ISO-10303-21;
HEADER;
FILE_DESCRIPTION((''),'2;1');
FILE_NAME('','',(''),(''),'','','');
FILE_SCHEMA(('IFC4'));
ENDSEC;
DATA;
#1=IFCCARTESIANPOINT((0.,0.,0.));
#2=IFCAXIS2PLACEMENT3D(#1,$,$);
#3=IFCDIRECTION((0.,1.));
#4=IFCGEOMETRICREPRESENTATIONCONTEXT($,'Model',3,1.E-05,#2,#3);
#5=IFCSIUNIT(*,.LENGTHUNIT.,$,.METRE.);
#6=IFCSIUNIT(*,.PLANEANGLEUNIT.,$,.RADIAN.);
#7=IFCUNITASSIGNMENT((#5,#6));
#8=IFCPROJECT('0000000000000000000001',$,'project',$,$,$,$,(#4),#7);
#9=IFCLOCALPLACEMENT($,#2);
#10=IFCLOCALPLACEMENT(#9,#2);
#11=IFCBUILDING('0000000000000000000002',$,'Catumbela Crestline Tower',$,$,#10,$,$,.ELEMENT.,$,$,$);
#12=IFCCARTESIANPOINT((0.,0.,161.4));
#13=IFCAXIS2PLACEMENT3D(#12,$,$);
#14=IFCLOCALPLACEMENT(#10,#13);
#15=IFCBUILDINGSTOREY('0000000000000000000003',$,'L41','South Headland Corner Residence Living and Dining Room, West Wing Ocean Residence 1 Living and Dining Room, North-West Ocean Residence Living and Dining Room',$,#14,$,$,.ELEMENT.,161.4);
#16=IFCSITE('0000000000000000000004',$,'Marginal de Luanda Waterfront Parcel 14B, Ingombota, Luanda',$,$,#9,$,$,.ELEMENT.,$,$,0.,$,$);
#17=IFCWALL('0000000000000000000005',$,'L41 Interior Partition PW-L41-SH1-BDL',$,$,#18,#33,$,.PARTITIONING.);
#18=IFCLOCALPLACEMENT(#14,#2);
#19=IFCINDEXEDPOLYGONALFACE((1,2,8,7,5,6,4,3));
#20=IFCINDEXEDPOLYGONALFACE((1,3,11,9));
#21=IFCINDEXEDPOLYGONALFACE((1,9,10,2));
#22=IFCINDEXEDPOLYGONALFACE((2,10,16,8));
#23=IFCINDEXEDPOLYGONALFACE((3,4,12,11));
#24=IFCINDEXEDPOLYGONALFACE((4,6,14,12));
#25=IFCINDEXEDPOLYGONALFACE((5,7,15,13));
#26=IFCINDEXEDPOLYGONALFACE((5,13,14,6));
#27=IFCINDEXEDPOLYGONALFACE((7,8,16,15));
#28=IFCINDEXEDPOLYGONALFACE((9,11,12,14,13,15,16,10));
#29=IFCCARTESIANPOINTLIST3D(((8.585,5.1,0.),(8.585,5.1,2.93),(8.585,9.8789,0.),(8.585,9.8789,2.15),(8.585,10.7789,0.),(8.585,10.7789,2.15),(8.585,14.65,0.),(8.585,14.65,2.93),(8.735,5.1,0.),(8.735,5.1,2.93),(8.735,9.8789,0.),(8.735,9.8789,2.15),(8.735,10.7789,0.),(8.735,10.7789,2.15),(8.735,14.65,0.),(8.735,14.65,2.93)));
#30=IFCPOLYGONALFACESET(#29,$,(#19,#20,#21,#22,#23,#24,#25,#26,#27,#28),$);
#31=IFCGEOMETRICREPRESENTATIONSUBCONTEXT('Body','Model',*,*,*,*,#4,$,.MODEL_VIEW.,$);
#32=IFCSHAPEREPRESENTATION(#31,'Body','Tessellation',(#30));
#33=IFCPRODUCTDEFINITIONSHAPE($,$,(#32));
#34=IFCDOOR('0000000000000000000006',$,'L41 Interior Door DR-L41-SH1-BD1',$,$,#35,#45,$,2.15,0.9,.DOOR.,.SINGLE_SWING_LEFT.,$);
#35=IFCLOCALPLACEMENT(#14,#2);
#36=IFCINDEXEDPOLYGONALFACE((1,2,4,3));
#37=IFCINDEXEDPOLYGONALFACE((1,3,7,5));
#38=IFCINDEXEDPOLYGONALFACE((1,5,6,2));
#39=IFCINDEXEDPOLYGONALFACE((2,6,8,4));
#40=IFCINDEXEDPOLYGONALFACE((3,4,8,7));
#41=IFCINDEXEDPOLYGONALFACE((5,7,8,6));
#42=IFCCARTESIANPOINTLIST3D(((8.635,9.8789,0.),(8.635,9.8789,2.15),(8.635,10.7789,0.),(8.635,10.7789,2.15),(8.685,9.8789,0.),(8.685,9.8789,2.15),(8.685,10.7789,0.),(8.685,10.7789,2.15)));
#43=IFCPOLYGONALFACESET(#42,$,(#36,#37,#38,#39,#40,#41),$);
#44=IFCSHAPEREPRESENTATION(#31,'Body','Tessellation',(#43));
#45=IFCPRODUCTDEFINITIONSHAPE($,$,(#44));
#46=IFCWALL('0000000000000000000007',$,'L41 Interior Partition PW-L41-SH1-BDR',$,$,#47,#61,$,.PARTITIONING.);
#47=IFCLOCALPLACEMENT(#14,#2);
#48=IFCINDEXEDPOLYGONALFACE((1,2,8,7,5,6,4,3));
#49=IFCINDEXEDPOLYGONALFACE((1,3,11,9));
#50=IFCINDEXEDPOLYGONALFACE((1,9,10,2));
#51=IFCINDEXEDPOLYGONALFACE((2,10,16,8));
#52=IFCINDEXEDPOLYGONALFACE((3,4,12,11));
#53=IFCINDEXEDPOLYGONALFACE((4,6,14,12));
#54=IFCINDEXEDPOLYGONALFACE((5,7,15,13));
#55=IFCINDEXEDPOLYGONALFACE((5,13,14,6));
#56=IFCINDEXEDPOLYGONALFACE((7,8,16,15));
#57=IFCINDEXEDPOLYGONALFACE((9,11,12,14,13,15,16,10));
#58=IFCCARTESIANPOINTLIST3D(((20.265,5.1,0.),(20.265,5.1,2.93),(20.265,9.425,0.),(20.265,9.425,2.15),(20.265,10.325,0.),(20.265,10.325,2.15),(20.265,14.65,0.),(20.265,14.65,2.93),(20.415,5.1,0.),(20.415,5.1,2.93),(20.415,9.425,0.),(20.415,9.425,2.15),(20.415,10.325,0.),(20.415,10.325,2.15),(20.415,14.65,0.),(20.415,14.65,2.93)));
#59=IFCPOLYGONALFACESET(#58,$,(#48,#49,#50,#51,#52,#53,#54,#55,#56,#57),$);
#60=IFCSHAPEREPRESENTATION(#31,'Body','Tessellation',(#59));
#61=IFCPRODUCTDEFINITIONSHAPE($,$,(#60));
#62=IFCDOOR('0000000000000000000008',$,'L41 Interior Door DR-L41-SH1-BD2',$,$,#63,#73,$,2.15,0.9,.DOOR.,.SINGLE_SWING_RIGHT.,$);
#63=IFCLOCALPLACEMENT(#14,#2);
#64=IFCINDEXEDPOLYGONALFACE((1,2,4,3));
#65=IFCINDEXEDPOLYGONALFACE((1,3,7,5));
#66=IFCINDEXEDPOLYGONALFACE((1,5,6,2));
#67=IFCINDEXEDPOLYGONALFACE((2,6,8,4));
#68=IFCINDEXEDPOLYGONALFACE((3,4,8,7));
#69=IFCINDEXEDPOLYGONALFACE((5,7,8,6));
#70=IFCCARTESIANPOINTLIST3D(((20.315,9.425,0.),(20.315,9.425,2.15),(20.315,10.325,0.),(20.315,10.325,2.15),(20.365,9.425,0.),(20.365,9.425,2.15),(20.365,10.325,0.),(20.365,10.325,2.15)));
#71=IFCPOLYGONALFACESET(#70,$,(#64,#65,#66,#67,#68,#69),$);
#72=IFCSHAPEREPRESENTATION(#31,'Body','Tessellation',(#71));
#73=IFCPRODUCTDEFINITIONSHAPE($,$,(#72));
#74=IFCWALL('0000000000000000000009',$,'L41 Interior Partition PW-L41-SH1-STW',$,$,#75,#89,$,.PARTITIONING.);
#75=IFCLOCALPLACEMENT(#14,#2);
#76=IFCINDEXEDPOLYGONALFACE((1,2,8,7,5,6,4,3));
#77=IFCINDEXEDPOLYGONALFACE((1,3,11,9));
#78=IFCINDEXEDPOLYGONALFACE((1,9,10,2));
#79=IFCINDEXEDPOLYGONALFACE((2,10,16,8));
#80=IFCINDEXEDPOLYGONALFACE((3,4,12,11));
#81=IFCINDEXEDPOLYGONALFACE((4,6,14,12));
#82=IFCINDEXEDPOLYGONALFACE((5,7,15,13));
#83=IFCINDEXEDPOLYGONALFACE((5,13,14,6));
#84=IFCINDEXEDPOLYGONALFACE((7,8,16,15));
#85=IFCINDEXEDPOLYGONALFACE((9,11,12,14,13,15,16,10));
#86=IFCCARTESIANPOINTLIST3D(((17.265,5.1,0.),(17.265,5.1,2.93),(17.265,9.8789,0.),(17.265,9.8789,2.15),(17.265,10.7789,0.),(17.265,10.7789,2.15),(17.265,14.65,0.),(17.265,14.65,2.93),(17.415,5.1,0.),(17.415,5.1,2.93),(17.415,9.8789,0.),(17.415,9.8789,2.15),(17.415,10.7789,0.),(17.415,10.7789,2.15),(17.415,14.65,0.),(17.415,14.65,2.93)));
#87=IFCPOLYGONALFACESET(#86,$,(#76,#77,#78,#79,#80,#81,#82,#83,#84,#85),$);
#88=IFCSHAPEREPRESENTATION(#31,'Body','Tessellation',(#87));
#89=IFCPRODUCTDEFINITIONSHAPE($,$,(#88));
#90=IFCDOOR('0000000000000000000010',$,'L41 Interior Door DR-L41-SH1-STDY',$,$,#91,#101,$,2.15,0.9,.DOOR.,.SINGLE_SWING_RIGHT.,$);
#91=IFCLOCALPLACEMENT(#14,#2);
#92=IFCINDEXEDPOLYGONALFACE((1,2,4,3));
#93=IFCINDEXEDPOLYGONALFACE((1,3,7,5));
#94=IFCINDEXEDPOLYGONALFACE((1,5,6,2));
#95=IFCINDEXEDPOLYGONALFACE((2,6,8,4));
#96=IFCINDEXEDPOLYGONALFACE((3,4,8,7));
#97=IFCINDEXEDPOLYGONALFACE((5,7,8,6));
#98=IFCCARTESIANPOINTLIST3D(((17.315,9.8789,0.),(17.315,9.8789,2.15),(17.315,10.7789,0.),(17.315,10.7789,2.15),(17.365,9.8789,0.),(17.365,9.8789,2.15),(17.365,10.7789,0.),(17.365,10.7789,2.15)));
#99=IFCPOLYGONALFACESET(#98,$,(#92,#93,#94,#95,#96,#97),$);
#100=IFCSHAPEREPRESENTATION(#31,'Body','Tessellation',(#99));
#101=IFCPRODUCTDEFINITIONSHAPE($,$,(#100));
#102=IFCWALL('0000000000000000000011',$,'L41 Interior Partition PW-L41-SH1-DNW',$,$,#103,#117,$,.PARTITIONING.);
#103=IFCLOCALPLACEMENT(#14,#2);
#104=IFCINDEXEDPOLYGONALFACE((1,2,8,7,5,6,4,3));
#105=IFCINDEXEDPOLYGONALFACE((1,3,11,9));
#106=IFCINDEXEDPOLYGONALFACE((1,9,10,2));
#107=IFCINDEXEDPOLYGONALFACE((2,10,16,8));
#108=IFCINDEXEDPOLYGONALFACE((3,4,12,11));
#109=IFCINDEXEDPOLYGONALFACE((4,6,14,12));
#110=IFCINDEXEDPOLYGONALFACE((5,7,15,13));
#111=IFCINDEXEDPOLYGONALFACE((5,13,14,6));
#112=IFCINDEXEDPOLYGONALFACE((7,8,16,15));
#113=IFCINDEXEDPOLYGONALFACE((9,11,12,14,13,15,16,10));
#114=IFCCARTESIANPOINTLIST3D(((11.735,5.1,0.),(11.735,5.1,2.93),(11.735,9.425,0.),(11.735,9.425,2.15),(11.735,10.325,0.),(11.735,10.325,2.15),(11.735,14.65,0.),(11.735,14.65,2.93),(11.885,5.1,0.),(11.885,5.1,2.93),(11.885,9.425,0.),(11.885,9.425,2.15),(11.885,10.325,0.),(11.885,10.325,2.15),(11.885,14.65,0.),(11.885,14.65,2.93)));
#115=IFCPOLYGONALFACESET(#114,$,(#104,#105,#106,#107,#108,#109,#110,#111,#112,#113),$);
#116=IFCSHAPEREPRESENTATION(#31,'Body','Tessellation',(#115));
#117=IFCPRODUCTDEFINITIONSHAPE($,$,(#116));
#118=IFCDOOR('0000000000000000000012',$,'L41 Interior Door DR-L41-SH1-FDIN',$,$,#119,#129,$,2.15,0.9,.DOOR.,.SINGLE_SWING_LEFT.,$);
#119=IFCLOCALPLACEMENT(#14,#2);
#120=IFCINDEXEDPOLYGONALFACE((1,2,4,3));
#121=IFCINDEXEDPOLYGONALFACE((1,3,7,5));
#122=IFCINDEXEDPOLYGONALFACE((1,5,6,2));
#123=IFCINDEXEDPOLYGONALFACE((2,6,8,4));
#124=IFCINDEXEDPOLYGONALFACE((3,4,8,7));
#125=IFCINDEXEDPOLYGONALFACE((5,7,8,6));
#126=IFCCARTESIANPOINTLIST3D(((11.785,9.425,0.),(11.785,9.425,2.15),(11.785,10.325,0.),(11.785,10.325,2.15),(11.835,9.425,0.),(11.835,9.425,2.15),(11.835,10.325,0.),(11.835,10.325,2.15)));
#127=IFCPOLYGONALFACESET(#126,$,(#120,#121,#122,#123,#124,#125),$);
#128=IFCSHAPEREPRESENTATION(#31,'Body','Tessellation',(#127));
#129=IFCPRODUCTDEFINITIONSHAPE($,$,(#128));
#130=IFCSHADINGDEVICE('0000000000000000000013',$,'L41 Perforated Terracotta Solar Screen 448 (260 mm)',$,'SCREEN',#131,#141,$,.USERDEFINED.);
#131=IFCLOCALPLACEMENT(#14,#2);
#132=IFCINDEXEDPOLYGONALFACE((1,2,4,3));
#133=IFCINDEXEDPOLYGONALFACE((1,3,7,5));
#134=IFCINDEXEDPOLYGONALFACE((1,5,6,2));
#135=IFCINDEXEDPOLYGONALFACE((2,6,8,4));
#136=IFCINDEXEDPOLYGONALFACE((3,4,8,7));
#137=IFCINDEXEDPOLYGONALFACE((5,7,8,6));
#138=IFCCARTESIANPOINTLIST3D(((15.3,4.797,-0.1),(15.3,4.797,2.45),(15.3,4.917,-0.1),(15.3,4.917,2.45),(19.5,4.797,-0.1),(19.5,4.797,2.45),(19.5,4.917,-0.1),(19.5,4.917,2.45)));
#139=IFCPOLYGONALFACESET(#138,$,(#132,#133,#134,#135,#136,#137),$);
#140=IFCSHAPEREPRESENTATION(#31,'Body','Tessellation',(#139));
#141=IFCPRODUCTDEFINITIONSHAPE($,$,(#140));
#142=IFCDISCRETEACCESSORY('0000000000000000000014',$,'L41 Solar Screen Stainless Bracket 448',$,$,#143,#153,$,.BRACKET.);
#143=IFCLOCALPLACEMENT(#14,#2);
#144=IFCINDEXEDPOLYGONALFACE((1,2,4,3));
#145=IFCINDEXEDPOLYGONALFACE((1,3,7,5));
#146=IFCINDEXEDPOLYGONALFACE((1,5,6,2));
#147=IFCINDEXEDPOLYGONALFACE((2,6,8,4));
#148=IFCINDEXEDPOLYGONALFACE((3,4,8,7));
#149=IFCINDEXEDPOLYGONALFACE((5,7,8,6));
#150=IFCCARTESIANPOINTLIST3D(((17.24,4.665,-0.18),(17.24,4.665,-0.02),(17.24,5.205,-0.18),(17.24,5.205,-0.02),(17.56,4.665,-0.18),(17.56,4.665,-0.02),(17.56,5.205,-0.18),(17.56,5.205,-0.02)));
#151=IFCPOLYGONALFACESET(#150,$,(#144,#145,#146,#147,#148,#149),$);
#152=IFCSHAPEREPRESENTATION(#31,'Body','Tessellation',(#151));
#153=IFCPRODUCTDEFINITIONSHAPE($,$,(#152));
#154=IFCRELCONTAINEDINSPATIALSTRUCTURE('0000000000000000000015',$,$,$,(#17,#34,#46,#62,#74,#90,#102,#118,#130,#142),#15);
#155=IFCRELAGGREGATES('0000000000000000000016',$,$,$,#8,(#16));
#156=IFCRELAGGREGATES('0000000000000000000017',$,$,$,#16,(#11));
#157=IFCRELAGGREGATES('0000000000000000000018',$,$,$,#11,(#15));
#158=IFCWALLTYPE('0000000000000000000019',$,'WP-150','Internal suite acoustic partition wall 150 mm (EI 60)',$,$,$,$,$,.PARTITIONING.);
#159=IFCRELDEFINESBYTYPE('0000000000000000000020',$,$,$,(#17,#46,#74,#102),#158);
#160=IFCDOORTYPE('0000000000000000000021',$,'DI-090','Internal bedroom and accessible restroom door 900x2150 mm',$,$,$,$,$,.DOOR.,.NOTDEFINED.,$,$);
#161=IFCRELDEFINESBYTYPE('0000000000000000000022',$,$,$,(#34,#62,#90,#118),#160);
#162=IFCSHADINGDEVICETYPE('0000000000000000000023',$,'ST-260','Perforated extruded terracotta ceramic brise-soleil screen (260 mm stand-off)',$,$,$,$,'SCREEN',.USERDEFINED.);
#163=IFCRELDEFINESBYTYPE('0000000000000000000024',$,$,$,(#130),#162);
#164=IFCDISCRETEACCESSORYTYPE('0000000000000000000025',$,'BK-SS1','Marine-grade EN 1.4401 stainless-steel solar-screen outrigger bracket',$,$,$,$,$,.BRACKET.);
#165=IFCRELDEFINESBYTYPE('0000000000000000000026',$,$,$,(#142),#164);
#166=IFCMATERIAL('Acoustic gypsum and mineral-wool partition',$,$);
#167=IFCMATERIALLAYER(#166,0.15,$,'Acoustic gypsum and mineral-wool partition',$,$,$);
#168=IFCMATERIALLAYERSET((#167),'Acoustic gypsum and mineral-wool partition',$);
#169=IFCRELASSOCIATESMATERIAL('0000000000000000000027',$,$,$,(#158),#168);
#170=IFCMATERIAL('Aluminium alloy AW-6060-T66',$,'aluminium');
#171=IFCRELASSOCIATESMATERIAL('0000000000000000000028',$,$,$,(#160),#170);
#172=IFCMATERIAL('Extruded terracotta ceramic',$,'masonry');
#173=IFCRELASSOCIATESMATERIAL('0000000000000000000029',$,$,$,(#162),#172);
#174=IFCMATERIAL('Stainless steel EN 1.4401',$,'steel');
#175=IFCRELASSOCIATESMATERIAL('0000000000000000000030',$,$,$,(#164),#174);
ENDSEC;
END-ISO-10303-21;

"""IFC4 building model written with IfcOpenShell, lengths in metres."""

from ifc_helpers import new_model, si_unit, direction, frame, frame_2d, origin, origin_2d, place, context, subcontext, project, spatial, rectangle, extrude, material, layer, layer_set, type_object, element, fill, save


model = new_model("IFC4")

# Units and contexts
model_context = context("Model", 3, precision=1e-05, world=origin(), true_north=direction((0.0, 1.0)))
body_context = subcontext(model_context, "Body", "Model", "MODEL_VIEW")
ifc_project = project(units=[si_unit("LENGTHUNIT", "METRE"), si_unit("PLANEANGLEUNIT", "RADIAN")], contexts=[model_context])

# Site, building, storey
site_placement = place(None, origin())
site = spatial("IfcSite", under=ifc_project, at=site_placement, Name="Marginal de Luanda Waterfront Parcel 14B, Ingombota, Luanda", CompositionType="ELEMENT", RefElevation=0.0)
building_placement = place(site_placement, origin())
building = spatial("IfcBuilding", under=site, at=building_placement, Name="Catumbela Crestline Tower", CompositionType="ELEMENT")
storey_placement = place(building_placement, frame((0.0, 0.0, 161.4)))
storey = spatial("IfcBuildingStorey", under=building, at=storey_placement, Name="L41", Description="South Headland Corner Residence Living and Dining Room, West Wing Ocean Residence 1 Living and Dining Room, North-West Ocean Residence Living and Dining Room", CompositionType="ELEMENT", Elevation=161.4)

# Shared definitions
ifc_material_1 = material(Name="Aluminium alloy AW-6060-T66", Category="aluminium")

# Walls, openings, doors
ifc_material_2 = material(Name="Acoustic gypsum and mineral-wool partition")
ifc_layer_1 = layer(ifc_material_2, 0.15, Name="Acoustic gypsum and mineral-wool partition")
ifc_layer_set_1 = layer_set([ifc_layer_1], Name="Acoustic gypsum and mineral-wool partition")
wall_type_1 = type_object("IfcWallType", Name="WP-150", Description="Internal suite acoustic partition wall 150 mm (EI 60)", PredefinedType="PARTITIONING", material=ifc_layer_set_1)
wall_1_placement = place(storey_placement, frame((8.66, 5.1, 0.0), z_axis=(0.0, 0.0, 1.0), x_axis=(0.0, 1.0, 0.0)))
wall_1 = element("IfcWall", 1, at=wall_1_placement, inside=storey, type_object=wall_type_1, Name="L41 Interior Partition PW-L41-SH1-BDL", PredefinedType="PARTITIONING", context=body_context, shape_type="SweptSolid", body=[
    extrude(rectangle(XDim=9.55, YDim=0.15, at=frame_2d((4.775, 0.0))), origin(), (0.0, 0.0, 1.0), 2.93),
])
opening_1_placement = place(wall_1_placement, frame((4.7789, 0.0, 0.0)))
opening_1 = element("IfcOpeningElement", 2, at=opening_1_placement, cuts=wall_1, PredefinedType="OPENING", context=body_context, shape_type="SweptSolid", body=[
    extrude(rectangle(XDim=0.9, YDim=2.15, at=frame_2d((0.45, 1.075))), frame((0.0, 0.085, 0.0), z_axis=(0.0, -1.0, 0.0), x_axis=(1.0, 0.0, 0.0)), (0.0, 0.0, 1.0), 0.17),
])
door_type_1 = type_object("IfcDoorType", Name="DI-090", Description="Internal bedroom and accessible restroom door 900x2150 mm", OperationType="NOTDEFINED", PredefinedType="DOOR", material=ifc_material_1)
door_1_placement = place(opening_1_placement, origin())
door_1 = element("IfcDoor", 3, at=door_1_placement, inside=storey, type_object=door_type_1, Name="L41 Interior Door DR-L41-SH1-BD1", OperationType="SINGLE_SWING_LEFT", OverallHeight=2.15, OverallWidth=0.9, PredefinedType="DOOR", context=body_context, shape_type="SweptSolid", body=[
    extrude(rectangle(XDim=0.9, YDim=2.15, at=frame_2d((0.45, 1.075))), frame((0.0, 0.025, 0.0), z_axis=(0.0, -1.0, 0.0), x_axis=(1.0, 0.0, 0.0)), (0.0, 0.0, 1.0), 0.05),
])
fill(opening_1, door_1)
wall_2_placement = place(storey_placement, frame((20.34, 5.1, 0.0), z_axis=(0.0, 0.0, 1.0), x_axis=(0.0, 1.0, 0.0)))
wall_2 = element("IfcWall", 4, at=wall_2_placement, inside=storey, type_object=wall_type_1, Name="L41 Interior Partition PW-L41-SH1-BDR", PredefinedType="PARTITIONING", context=body_context, shape_type="SweptSolid", body=[
    extrude(rectangle(XDim=9.55, YDim=0.15, at=frame_2d((4.775, 0.0))), origin(), (0.0, 0.0, 1.0), 2.93),
])
opening_2_placement = place(wall_2_placement, frame((4.325, 0.0, 0.0)))
opening_2 = element("IfcOpeningElement", 5, at=opening_2_placement, cuts=wall_2, PredefinedType="OPENING", context=body_context, shape_type="SweptSolid", body=[
    extrude(rectangle(XDim=0.9, YDim=2.15, at=frame_2d((0.45, 1.075))), frame((0.0, 0.085, 0.0), z_axis=(0.0, -1.0, 0.0), x_axis=(1.0, 0.0, 0.0)), (0.0, 0.0, 1.0), 0.17),
])
door_2_placement = place(opening_2_placement, origin())
door_2 = element("IfcDoor", 6, at=door_2_placement, inside=storey, type_object=door_type_1, Name="L41 Interior Door DR-L41-SH1-BD2", OperationType="SINGLE_SWING_RIGHT", OverallHeight=2.15, OverallWidth=0.9, PredefinedType="DOOR", context=body_context, shape_type="SweptSolid", body=[
    extrude(rectangle(XDim=0.9, YDim=2.15, at=frame_2d((0.45, 1.075))), frame((0.0, 0.025, 0.0), z_axis=(0.0, -1.0, 0.0), x_axis=(1.0, 0.0, 0.0)), (0.0, 0.0, 1.0), 0.05),
])
fill(opening_2, door_2)
wall_3_placement = place(storey_placement, frame((17.34, 5.1, 0.0), z_axis=(0.0, 0.0, 1.0), x_axis=(0.0, 1.0, 0.0)))
wall_3 = element("IfcWall", 7, at=wall_3_placement, inside=storey, type_object=wall_type_1, Name="L41 Interior Partition PW-L41-SH1-STW", PredefinedType="PARTITIONING", context=body_context, shape_type="SweptSolid", body=[
    extrude(rectangle(XDim=9.55, YDim=0.15, at=frame_2d((4.775, 0.0))), origin(), (0.0, 0.0, 1.0), 2.93),
])
opening_3_placement = place(wall_3_placement, frame((4.7789, 0.0, 0.0)))
opening_3 = element("IfcOpeningElement", 8, at=opening_3_placement, cuts=wall_3, PredefinedType="OPENING", context=body_context, shape_type="SweptSolid", body=[
    extrude(rectangle(XDim=0.9, YDim=2.15, at=frame_2d((0.45, 1.075))), frame((0.0, 0.085, 0.0), z_axis=(0.0, -1.0, 0.0), x_axis=(1.0, 0.0, 0.0)), (0.0, 0.0, 1.0), 0.17),
])
door_3_placement = place(opening_3_placement, origin())
door_3 = element("IfcDoor", 9, at=door_3_placement, inside=storey, type_object=door_type_1, Name="L41 Interior Door DR-L41-SH1-STDY", OperationType="SINGLE_SWING_RIGHT", OverallHeight=2.15, OverallWidth=0.9, PredefinedType="DOOR", context=body_context, shape_type="SweptSolid", body=[
    extrude(rectangle(XDim=0.9, YDim=2.15, at=frame_2d((0.45, 1.075))), frame((0.0, 0.025, 0.0), z_axis=(0.0, -1.0, 0.0), x_axis=(1.0, 0.0, 0.0)), (0.0, 0.0, 1.0), 0.05),
])
fill(opening_3, door_3)
wall_4_placement = place(storey_placement, frame((11.81, 5.1, 0.0), z_axis=(0.0, 0.0, 1.0), x_axis=(0.0, 1.0, 0.0)))
wall_4 = element("IfcWall", 10, at=wall_4_placement, inside=storey, type_object=wall_type_1, Name="L41 Interior Partition PW-L41-SH1-DNW", PredefinedType="PARTITIONING", context=body_context, shape_type="SweptSolid", body=[
    extrude(rectangle(XDim=9.55, YDim=0.15, at=frame_2d((4.775, 0.0))), origin(), (0.0, 0.0, 1.0), 2.93),
])
opening_4_placement = place(wall_4_placement, frame((4.325, 0.0, 0.0)))
opening_4 = element("IfcOpeningElement", 11, at=opening_4_placement, cuts=wall_4, PredefinedType="OPENING", context=body_context, shape_type="SweptSolid", body=[
    extrude(rectangle(XDim=0.9, YDim=2.15, at=frame_2d((0.45, 1.075))), frame((0.0, 0.085, 0.0), z_axis=(0.0, -1.0, 0.0), x_axis=(1.0, 0.0, 0.0)), (0.0, 0.0, 1.0), 0.17),
])
door_4_placement = place(opening_4_placement, origin())
door_4 = element("IfcDoor", 12, at=door_4_placement, inside=storey, type_object=door_type_1, Name="L41 Interior Door DR-L41-SH1-FDIN", OperationType="SINGLE_SWING_LEFT", OverallHeight=2.15, OverallWidth=0.9, PredefinedType="DOOR", context=body_context, shape_type="SweptSolid", body=[
    extrude(rectangle(XDim=0.9, YDim=2.15, at=frame_2d((0.45, 1.075))), frame((0.0, 0.025, 0.0), z_axis=(0.0, -1.0, 0.0), x_axis=(1.0, 0.0, 0.0)), (0.0, 0.0, 1.0), 0.05),
])
fill(opening_4, door_4)

# Shared definitions
ifc_material_3 = material(Name="Stainless steel EN 1.4401", Category="steel")

# Shading device
ifc_material_4 = material(Name="Extruded terracotta ceramic", Category="masonry")
shading_device_type = type_object("IfcShadingDeviceType", Name="ST-260", Description="Perforated extruded terracotta ceramic brise-soleil screen (260 mm stand-off)", ElementType="SCREEN", PredefinedType="USERDEFINED", material=ifc_material_4)
shading_device_placement = place(storey_placement, frame((17.4, 4.857, -0.1), z_axis=(0.0, 0.0, 1.0), x_axis=(1.0, 0.0, 0.0)))
element("IfcShadingDevice", 13, at=shading_device_placement, inside=storey, type_object=shading_device_type, Name="L41 Perforated Terracotta Solar Screen 448 (260 mm)", ObjectType="SCREEN", PredefinedType="USERDEFINED", context=body_context, shape_type="SweptSolid", body=[
    extrude(rectangle(XDim=4.2, YDim=0.12, at=origin_2d()), origin(), (0.0, 0.0, 1.0), 2.55),
])

# Discrete accessory
discrete_accessory_type = type_object("IfcDiscreteAccessoryType", Name="BK-SS1", Description="Marine-grade EN 1.4401 stainless-steel solar-screen outrigger bracket", PredefinedType="BRACKET", material=ifc_material_3)
discrete_accessory_placement = place(storey_placement, frame((17.4, 4.935, -0.18), z_axis=(0.0, 0.0, 1.0), x_axis=(1.0, 0.0, 0.0)))
element("IfcDiscreteAccessory", 14, at=discrete_accessory_placement, inside=storey, type_object=discrete_accessory_type, Name="L41 Solar Screen Stainless Bracket 448", PredefinedType="BRACKET", context=body_context, shape_type="SweptSolid", body=[
    extrude(rectangle(XDim=0.32, YDim=0.54, at=origin_2d()), origin(), (0.0, 0.0, 1.0), 0.16),
])

save(model, "model.ifc")
